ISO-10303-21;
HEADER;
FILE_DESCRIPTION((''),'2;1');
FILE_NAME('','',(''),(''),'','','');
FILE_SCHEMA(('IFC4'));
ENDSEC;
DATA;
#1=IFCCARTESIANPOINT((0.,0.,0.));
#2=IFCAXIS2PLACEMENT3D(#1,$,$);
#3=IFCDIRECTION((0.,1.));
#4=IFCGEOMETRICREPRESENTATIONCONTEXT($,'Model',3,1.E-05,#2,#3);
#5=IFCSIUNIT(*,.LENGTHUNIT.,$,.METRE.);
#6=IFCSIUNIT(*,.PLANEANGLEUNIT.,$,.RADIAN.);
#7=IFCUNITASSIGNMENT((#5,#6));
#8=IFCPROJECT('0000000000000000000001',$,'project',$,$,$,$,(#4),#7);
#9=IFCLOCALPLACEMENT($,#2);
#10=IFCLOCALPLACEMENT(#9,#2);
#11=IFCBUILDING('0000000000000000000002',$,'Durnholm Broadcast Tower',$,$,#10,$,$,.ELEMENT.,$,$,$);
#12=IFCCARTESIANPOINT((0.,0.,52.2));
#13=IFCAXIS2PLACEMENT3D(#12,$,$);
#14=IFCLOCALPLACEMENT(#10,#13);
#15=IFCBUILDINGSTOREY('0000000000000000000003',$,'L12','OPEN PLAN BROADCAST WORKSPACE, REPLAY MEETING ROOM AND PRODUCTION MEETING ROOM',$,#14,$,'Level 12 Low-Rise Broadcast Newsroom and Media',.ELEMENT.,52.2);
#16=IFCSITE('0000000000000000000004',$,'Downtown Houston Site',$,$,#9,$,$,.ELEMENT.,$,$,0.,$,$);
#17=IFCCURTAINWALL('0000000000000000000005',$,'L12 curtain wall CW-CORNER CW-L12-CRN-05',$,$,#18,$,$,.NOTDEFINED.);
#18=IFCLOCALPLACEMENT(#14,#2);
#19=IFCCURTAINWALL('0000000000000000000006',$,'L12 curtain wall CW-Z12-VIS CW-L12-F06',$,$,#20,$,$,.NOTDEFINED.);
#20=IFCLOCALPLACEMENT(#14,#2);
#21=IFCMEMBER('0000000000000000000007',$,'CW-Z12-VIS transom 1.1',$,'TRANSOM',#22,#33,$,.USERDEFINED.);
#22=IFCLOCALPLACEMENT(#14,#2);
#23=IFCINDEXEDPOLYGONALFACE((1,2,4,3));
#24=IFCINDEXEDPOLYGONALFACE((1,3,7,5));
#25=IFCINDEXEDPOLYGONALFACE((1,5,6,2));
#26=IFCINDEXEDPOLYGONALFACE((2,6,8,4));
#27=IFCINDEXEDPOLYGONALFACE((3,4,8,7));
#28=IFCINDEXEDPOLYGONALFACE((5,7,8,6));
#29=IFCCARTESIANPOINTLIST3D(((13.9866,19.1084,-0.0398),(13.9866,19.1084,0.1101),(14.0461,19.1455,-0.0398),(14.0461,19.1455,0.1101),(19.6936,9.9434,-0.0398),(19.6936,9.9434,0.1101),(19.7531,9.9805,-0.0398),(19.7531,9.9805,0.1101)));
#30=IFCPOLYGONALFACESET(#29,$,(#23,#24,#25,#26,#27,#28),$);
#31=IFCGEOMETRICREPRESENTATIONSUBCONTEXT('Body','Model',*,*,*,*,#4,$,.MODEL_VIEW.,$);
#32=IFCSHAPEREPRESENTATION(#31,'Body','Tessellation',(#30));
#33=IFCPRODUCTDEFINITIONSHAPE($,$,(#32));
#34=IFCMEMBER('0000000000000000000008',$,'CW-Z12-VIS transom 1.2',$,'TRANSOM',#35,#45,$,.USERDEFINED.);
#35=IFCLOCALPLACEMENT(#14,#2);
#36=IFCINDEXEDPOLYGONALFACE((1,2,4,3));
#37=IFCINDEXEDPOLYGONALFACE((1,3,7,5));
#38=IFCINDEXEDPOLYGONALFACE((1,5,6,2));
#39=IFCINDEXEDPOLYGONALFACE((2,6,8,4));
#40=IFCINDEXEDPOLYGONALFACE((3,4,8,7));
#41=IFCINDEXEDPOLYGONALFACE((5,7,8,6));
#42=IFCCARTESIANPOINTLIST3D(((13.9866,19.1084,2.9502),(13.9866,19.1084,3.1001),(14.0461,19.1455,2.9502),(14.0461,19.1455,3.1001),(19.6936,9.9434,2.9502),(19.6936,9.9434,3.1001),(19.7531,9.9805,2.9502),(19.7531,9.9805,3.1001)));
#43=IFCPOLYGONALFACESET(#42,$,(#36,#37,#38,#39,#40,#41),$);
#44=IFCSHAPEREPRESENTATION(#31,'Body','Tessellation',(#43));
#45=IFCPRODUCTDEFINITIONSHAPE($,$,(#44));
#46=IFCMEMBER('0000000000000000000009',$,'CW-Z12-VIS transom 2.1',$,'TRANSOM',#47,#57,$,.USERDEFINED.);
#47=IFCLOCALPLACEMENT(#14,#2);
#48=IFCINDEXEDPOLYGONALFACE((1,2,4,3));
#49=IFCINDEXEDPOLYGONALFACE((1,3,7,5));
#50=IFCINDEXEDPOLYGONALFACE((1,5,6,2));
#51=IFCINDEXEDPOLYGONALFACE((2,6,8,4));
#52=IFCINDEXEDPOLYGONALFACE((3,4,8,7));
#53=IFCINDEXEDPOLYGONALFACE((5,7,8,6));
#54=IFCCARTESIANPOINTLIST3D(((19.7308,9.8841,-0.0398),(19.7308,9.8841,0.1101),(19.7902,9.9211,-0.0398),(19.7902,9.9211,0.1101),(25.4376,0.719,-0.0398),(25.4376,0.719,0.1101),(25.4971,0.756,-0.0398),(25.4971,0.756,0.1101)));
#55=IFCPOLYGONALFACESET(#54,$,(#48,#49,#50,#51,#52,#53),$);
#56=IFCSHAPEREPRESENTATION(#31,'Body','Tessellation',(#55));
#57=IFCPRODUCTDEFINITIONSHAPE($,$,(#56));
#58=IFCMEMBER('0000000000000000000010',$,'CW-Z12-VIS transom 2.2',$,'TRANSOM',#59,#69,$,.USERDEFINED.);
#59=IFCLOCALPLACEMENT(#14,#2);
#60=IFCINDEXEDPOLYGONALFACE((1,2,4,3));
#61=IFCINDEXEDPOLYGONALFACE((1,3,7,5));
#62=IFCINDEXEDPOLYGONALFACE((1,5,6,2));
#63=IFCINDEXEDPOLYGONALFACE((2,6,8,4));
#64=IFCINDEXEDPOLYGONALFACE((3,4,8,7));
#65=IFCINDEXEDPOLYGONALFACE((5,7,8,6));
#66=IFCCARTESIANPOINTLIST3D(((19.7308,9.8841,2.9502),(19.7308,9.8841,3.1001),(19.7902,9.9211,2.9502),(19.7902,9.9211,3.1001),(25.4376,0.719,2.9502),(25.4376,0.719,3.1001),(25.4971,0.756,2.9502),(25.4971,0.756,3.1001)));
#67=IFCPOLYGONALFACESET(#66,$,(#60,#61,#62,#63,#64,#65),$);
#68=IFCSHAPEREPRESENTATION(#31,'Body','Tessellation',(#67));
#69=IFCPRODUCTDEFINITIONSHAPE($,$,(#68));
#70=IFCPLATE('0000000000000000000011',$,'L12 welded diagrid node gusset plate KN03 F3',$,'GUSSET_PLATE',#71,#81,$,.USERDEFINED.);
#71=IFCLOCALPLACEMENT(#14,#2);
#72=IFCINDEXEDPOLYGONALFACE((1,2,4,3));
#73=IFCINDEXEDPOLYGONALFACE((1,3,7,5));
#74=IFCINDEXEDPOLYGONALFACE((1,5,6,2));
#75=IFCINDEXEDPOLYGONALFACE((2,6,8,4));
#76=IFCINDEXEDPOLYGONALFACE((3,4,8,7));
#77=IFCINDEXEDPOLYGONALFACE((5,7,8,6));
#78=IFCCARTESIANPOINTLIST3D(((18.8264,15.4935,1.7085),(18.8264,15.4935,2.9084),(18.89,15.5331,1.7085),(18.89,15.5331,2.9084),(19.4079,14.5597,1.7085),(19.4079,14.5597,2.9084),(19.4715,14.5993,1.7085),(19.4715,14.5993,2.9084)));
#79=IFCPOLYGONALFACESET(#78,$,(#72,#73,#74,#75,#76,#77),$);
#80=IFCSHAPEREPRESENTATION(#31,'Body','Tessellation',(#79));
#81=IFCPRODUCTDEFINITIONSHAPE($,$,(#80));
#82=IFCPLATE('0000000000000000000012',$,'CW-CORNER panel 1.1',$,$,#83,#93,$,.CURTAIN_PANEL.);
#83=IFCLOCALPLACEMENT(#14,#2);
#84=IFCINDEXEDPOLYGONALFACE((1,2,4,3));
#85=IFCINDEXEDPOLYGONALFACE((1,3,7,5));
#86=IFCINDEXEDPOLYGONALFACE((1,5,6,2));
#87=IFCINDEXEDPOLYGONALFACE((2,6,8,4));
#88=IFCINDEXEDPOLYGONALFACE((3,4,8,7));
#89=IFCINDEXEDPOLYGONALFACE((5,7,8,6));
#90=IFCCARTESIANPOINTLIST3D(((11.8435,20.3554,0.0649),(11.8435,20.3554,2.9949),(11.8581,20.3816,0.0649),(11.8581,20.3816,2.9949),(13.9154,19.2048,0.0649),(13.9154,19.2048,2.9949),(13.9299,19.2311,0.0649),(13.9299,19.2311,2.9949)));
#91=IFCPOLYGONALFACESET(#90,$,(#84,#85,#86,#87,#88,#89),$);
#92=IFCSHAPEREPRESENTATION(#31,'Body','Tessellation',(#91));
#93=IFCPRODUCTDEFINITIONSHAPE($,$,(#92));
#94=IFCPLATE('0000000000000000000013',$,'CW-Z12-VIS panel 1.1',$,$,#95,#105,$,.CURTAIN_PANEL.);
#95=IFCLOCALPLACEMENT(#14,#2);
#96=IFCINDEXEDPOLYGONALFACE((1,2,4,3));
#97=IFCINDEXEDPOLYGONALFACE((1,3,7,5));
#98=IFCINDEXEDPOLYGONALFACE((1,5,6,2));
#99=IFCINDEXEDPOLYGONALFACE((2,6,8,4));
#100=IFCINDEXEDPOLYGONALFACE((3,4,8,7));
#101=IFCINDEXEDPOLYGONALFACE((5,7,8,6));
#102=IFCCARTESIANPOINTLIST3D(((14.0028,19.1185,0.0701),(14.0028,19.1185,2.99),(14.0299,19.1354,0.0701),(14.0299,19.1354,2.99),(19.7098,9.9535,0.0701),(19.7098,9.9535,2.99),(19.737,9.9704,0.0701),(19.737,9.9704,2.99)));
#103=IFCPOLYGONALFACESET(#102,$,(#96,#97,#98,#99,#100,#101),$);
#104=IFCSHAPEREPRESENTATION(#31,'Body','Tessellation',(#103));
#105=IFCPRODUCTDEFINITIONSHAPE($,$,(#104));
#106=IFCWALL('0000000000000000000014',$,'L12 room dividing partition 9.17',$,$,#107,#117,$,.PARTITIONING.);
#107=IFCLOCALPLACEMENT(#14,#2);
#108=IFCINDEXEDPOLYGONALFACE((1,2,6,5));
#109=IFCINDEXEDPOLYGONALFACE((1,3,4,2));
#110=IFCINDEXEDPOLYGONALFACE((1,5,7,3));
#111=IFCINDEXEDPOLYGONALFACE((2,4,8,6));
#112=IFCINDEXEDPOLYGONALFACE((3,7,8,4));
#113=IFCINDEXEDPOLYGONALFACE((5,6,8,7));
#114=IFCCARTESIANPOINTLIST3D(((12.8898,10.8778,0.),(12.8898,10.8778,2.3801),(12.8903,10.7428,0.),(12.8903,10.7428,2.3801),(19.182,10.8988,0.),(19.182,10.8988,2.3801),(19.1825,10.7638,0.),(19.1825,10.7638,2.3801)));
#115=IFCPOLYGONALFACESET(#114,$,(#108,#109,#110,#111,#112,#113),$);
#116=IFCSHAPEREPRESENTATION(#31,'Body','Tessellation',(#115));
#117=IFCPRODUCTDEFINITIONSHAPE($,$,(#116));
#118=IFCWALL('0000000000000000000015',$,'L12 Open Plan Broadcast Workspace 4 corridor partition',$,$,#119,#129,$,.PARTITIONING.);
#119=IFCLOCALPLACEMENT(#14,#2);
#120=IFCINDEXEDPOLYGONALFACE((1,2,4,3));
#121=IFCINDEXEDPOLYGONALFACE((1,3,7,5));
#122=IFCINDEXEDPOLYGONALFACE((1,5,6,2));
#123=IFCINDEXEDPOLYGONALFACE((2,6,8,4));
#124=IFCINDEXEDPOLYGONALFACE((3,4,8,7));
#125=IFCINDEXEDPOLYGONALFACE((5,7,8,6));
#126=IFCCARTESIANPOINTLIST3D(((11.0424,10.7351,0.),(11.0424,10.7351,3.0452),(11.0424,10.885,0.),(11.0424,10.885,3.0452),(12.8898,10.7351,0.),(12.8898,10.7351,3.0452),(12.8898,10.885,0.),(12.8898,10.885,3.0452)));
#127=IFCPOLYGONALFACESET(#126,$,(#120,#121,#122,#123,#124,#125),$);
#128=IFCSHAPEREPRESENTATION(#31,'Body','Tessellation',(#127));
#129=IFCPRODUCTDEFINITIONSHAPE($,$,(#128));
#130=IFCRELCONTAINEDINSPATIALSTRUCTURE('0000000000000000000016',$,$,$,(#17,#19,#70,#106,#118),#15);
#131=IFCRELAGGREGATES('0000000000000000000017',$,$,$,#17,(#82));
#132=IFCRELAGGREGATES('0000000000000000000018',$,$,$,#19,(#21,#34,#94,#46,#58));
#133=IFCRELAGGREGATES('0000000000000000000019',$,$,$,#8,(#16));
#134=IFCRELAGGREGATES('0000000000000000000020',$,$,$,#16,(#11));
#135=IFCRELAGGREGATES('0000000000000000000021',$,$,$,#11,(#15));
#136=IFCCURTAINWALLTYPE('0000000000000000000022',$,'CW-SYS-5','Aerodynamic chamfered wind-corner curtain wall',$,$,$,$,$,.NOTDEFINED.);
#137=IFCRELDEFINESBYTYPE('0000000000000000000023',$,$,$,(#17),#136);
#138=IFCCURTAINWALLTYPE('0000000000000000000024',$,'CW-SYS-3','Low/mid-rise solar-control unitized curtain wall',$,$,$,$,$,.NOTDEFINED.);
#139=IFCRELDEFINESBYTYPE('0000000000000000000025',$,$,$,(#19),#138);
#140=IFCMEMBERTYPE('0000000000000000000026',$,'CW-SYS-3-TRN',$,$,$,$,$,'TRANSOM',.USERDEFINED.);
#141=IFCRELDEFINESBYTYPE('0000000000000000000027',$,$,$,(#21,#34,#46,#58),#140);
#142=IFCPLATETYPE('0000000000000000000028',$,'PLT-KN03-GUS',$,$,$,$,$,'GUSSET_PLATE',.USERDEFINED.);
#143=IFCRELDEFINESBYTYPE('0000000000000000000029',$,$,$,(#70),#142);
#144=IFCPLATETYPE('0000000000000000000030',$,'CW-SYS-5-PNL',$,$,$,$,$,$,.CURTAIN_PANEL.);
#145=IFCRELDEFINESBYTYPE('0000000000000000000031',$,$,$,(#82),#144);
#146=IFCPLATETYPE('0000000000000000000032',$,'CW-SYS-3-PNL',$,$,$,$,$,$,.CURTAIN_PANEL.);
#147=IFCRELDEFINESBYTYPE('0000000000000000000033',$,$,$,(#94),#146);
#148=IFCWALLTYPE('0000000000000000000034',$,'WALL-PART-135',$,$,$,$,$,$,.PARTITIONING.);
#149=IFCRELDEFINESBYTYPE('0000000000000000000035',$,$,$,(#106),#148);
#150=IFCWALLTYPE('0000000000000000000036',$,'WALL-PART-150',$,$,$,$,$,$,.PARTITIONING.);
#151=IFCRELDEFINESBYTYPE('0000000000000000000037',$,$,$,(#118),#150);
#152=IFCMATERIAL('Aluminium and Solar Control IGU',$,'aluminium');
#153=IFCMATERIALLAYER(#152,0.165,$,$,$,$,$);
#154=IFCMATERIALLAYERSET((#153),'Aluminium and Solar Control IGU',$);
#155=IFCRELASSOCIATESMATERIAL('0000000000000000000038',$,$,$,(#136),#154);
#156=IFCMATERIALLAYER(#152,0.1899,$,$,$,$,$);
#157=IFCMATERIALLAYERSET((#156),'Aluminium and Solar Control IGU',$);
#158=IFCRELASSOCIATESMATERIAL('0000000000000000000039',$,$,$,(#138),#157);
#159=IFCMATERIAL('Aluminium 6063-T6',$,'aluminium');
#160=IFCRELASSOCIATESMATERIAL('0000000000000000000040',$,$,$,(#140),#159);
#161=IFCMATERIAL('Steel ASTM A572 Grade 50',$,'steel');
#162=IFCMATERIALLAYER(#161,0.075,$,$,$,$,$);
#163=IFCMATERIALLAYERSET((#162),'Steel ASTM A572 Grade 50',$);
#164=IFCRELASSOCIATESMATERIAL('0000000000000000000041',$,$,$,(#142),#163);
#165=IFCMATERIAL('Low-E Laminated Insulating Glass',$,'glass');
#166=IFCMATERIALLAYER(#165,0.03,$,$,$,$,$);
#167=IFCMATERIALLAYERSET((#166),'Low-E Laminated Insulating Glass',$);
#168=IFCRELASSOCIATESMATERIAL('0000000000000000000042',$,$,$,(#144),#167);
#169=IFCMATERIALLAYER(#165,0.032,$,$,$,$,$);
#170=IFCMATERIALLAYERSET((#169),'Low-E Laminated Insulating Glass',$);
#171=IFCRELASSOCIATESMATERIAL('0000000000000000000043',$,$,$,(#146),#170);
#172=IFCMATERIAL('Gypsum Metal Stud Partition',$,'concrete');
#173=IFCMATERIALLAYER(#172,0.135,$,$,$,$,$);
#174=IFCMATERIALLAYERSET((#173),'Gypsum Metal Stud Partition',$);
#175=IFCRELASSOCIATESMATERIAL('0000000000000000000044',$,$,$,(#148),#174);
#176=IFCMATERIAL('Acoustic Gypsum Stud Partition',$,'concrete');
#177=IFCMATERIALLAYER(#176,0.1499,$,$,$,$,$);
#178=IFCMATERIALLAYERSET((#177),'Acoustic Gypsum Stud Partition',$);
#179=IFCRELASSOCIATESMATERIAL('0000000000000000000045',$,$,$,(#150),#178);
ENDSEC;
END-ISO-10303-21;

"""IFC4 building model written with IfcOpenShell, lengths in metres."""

from ifc_helpers import new_model, si_unit, direction, frame, frame_2d, origin, origin_2d, place, context, subcontext, project, spatial, rectangle, extrude, source, transform, mapped, material, layer, layer_set, material_profile, profile_set, type_object, type_shapes, element, aggregate, save


model = new_model("IFC4")

# Units and contexts
model_context = context("Model", 3, precision=1e-05, world=origin(), true_north=direction((0.0, 1.0)))
body_context = subcontext(model_context, "Body", "Model", "MODEL_VIEW")
ifc_project = project(units=[si_unit("LENGTHUNIT", "METRE"), si_unit("PLANEANGLEUNIT", "RADIAN")], contexts=[model_context])

# Site, building, storey
site_placement = place(None, origin())
site = spatial("IfcSite", under=ifc_project, at=site_placement, Name="Downtown Houston Site", CompositionType="ELEMENT", RefElevation=0.0)
building_placement = place(site_placement, origin())
building = spatial("IfcBuilding", under=site, at=building_placement, Name="Durnholm Broadcast Tower", CompositionType="ELEMENT")
storey_placement = place(building_placement, frame((0.0, 0.0, 52.2)))
storey = spatial("IfcBuildingStorey", under=building, at=storey_placement, Name="L12", Description="OPEN PLAN BROADCAST WORKSPACE, REPLAY MEETING ROOM AND PRODUCTION MEETING ROOM", LongName="Level 12 Low-Rise Broadcast Newsroom and Media", CompositionType="ELEMENT", Elevation=52.2)

# Curtain walls, members
ifc_material_1 = material(Name="Aluminium and Solar Control IGU", Category="aluminium")
ifc_layer_1 = layer(ifc_material_1, 0.165)
ifc_layer_set_1 = layer_set([ifc_layer_1], Name="Aluminium and Solar Control IGU")
curtain_wall_type_1 = type_object("IfcCurtainWallType", Name="CW-SYS-5", Description="Aerodynamic chamfered wind-corner curtain wall", PredefinedType="NOTDEFINED", material=ifc_layer_set_1)
curtain_wall_1_placement = place(storey_placement, origin())
curtain_wall_1 = element("IfcCurtainWall", 1, at=curtain_wall_1_placement, inside=storey, type_object=curtain_wall_type_1, Name="L12 curtain wall CW-CORNER CW-L12-CRN-05", PredefinedType="NOTDEFINED")
ifc_material_2 = material(Name="Aluminium 6063-T6", Category="aluminium")
ifc_layer_2 = layer(ifc_material_1, 0.1899)
ifc_layer_set_2 = layer_set([ifc_layer_2], Name="Aluminium and Solar Control IGU")
curtain_wall_type_2 = type_object("IfcCurtainWallType", Name="CW-SYS-3", Description="Low/mid-rise solar-control unitized curtain wall", PredefinedType="NOTDEFINED", material=ifc_layer_set_2)
curtain_wall_2_placement = place(storey_placement, origin())
curtain_wall_2 = element("IfcCurtainWall", 2, at=curtain_wall_2_placement, inside=storey, type_object=curtain_wall_type_2, Name="L12 curtain wall CW-Z12-VIS CW-L12-F06", PredefinedType="NOTDEFINED")
ifc_material_profile_1 = material_profile(ifc_material_2, rectangle(XDim=0.0701, YDim=0.1499, at=origin_2d()), Name="CWT70X150")
ifc_profile_set_1 = profile_set([ifc_material_profile_1], Name="Aluminium 6063-T6")
member_type_1 = type_object("IfcMemberType", Name="CW-SYS-3-TRN", ElementType="TRANSOM", PredefinedType="USERDEFINED", material=ifc_profile_set_1)
shared_shape_1 = source(origin(), body_context, "Body", "SweptSolid", [
    extrude(rectangle(XDim=0.0701, YDim=0.1499, at=origin_2d()), origin(), (0.0, 0.0, 1.0), 10.7966),
])
type_shapes(member_type_1, [shared_shape_1])
member_1_placement = place(storey_placement, frame((14.0164, 19.127, 0.0352), z_axis=(0.528592, -0.848876, 0.0), x_axis=(0.848876, 0.528592, 0.0)))
member_1 = element("IfcMember", 3, at=member_1_placement, type_object=member_type_1, Name="CW-Z12-VIS transom 1.1", ObjectType="TRANSOM", PredefinedType="USERDEFINED", context=body_context, shape_type="MappedRepresentation", body=[
    mapped(shared_shape_1, transform((0.0, 0.0, 0.0), x_axis=(1.0, 0.0, 0.0), y_axis=(0.0, 1.0, 0.0), z_axis=(0.0, 0.0, 1.0), scale=1.0)),
])
member_2_placement = place(storey_placement, frame((14.0164, 19.127, 3.0251), z_axis=(0.528592, -0.848876, 0.0), x_axis=(0.848876, 0.528592, 0.0)))
member_2 = element("IfcMember", 4, at=member_2_placement, type_object=member_type_1, Name="CW-Z12-VIS transom 1.2", ObjectType="TRANSOM", PredefinedType="USERDEFINED", context=body_context, shape_type="MappedRepresentation", body=[
    mapped(shared_shape_1, transform((0.0, 0.0, 0.0), x_axis=(1.0, 0.0, 0.0), y_axis=(0.0, 1.0, 0.0), z_axis=(0.0, 0.0, 1.0), scale=1.0)),
])
member_3_placement = place(storey_placement, frame((19.7605, 9.9026, 0.0352), z_axis=(0.528575, -0.848886, 0.0), x_axis=(0.848886, 0.528575, 0.0)))
member_3 = element("IfcMember", 5, at=member_3_placement, type_object=member_type_1, Name="CW-Z12-VIS transom 2.1", ObjectType="TRANSOM", PredefinedType="USERDEFINED", context=body_context, shape_type="MappedRepresentation", body=[
    mapped(shared_shape_1, transform((0.0, 0.0, 0.0), x_axis=(1.0, 0.0, 0.0), y_axis=(0.0, 1.0, 0.0), z_axis=(0.0, 0.0, 1.0), scale=1.0)),
])
member_4_placement = place(storey_placement, frame((19.7605, 9.9026, 3.0251), z_axis=(0.528575, -0.848886, 0.0), x_axis=(0.848886, 0.528575, 0.0)))
member_4 = element("IfcMember", 6, at=member_4_placement, type_object=member_type_1, Name="CW-Z12-VIS transom 2.2", ObjectType="TRANSOM", PredefinedType="USERDEFINED", context=body_context, shape_type="MappedRepresentation", body=[
    mapped(shared_shape_1, transform((0.0, 0.0, 0.0), x_axis=(1.0, 0.0, 0.0), y_axis=(0.0, 1.0, 0.0), z_axis=(0.0, 0.0, 1.0), scale=1.0)),
])

# Plates
ifc_material_3 = material(Name="Steel ASTM A572 Grade 50", Category="steel")
ifc_layer_3 = layer(ifc_material_3, 0.075)
ifc_layer_set_3 = layer_set([ifc_layer_3], Name="Steel ASTM A572 Grade 50")
plate_type_1 = type_object("IfcPlateType", Name="PLT-KN03-GUS", ElementType="GUSSET_PLATE", PredefinedType="USERDEFINED", material=ifc_layer_set_3)
shared_shape_2 = source(origin(), body_context, "Body", "SweptSolid", [
    extrude(rectangle(XDim=1.1001, YDim=0.075, at=origin_2d()), origin(), (0.0, 0.0, 1.0), 1.2),
])
type_shapes(plate_type_1, [shared_shape_2])
plate_1_placement = place(storey_placement, frame((19.1489, 15.0464, 1.7085), z_axis=(0.0, 0.0, 1.0), x_axis=(-0.528587, 0.848879, 0.0)))
element("IfcPlate", 7, at=plate_1_placement, inside=storey, type_object=plate_type_1, Name="L12 welded diagrid node gusset plate KN03 F3", ObjectType="GUSSET_PLATE", PredefinedType="USERDEFINED", context=body_context, shape_type="MappedRepresentation", body=[
    mapped(shared_shape_2, transform((0.0, 0.0, 0.0), x_axis=(1.0, 0.0, 0.0), y_axis=(0.0, 1.0, 0.0), z_axis=(0.0, 0.0, 1.0), scale=1.0)),
])
ifc_material_4 = material(Name="Low-E Laminated Insulating Glass", Category="glass")
ifc_layer_4 = layer(ifc_material_4, 0.03)
ifc_layer_set_4 = layer_set([ifc_layer_4], Name="Low-E Laminated Insulating Glass")
plate_type_2 = type_object("IfcPlateType", Name="CW-SYS-5-PNL", PredefinedType="CURTAIN_PANEL", material=ifc_layer_set_4)
shared_shape_3 = source(origin(), body_context, "Body", "SweptSolid", [
    extrude(rectangle(XDim=2.3699, YDim=0.03, at=origin_2d()), origin(), (0.0, 0.0, 1.0), 2.9299),
])
type_shapes(plate_type_2, [shared_shape_3])
plate_2_placement = place(storey_placement, frame((12.8867, 19.7932, 0.0649), z_axis=(0.0, 0.0, 1.0), x_axis=(0.874246, -0.485483, 0.0)))
plate_2 = element("IfcPlate", 8, at=plate_2_placement, type_object=plate_type_2, Name="CW-CORNER panel 1.1", PredefinedType="CURTAIN_PANEL", context=body_context, shape_type="MappedRepresentation", body=[
    mapped(shared_shape_3, transform((0.0, 0.0, 0.0), x_axis=(1.0, 0.0, 0.0), y_axis=(0.0, 1.0, 0.0), z_axis=(0.0, 0.0, 1.0), scale=1.0)),
])
aggregate(curtain_wall_1, [plate_2])
ifc_layer_5 = layer(ifc_material_4, 0.032)
ifc_layer_set_5 = layer_set([ifc_layer_5], Name="Low-E Laminated Insulating Glass")
plate_type_3 = type_object("IfcPlateType", Name="CW-SYS-3-PNL", PredefinedType="CURTAIN_PANEL", material=ifc_layer_set_5)
shared_shape_4 = source(origin(), body_context, "Body", "SweptSolid", [
    extrude(rectangle(XDim=10.7966, YDim=0.032, at=origin_2d()), origin(), (0.0, 0.0, 1.0), 2.9199),
])
type_shapes(plate_type_3, [shared_shape_4])
plate_3_placement = place(storey_placement, frame((16.8699, 14.5444, 0.0701), z_axis=(0.0, 0.0, 1.0), x_axis=(0.528592, -0.848876, 0.0)))
plate_3 = element("IfcPlate", 9, at=plate_3_placement, type_object=plate_type_3, Name="CW-Z12-VIS panel 1.1", PredefinedType="CURTAIN_PANEL", context=body_context, shape_type="MappedRepresentation", body=[
    mapped(shared_shape_4, transform((0.0, 0.0, 0.0), x_axis=(1.0, 0.0, 0.0), y_axis=(0.0, 1.0, 0.0), z_axis=(0.0, 0.0, 1.0), scale=1.0)),
])
aggregate(curtain_wall_2, [member_1, member_2, plate_3, member_3, member_4])

# Walls
ifc_material_5 = material(Name="Gypsum Metal Stud Partition", Category="concrete")
ifc_layer_6 = layer(ifc_material_5, 0.135)
ifc_layer_set_6 = layer_set([ifc_layer_6], Name="Gypsum Metal Stud Partition")
wall_type_1 = type_object("IfcWallType", Name="WALL-PART-135", PredefinedType="PARTITIONING", material=ifc_layer_set_6)
wall_1_placement = place(storey_placement, frame((19.1821, 10.8313, 0.0), z_axis=(0.0, 0.0, 1.0), x_axis=(-0.999994, -0.003337, 0.0)))
element("IfcWall", 10, at=wall_1_placement, inside=storey, type_object=wall_type_1, Name="L12 room dividing partition 9.17", PredefinedType="PARTITIONING", context=body_context, shape_type="SweptSolid", body=[
    extrude(rectangle(XDim=6.2922, YDim=0.135, at=frame_2d((3.146, 0.0))), origin(), (0.0, 0.0, 1.0), 2.3801),
])
ifc_material_6 = material(Name="Acoustic Gypsum Stud Partition", Category="concrete")
ifc_layer_7 = layer(ifc_material_6, 0.1499)
ifc_layer_set_7 = layer_set([ifc_layer_7], Name="Acoustic Gypsum Stud Partition")
wall_type_2 = type_object("IfcWallType", Name="WALL-PART-150", PredefinedType="PARTITIONING", material=ifc_layer_set_7)
wall_2_placement = place(storey_placement, frame((12.8899, 10.8101, 0.0), z_axis=(0.0, 0.0, 1.0), x_axis=(-1.0, 0.0, 0.0)))
element("IfcWall", 11, at=wall_2_placement, inside=storey, type_object=wall_type_2, Name="L12 Open Plan Broadcast Workspace 4 corridor partition", PredefinedType="PARTITIONING", context=body_context, shape_type="SweptSolid", body=[
    extrude(rectangle(XDim=1.8474, YDim=0.1499, at=frame_2d((0.9238, 0.0))), origin(), (0.0, 0.0, 1.0), 3.0452),
])

save(model, "model.ifc")
